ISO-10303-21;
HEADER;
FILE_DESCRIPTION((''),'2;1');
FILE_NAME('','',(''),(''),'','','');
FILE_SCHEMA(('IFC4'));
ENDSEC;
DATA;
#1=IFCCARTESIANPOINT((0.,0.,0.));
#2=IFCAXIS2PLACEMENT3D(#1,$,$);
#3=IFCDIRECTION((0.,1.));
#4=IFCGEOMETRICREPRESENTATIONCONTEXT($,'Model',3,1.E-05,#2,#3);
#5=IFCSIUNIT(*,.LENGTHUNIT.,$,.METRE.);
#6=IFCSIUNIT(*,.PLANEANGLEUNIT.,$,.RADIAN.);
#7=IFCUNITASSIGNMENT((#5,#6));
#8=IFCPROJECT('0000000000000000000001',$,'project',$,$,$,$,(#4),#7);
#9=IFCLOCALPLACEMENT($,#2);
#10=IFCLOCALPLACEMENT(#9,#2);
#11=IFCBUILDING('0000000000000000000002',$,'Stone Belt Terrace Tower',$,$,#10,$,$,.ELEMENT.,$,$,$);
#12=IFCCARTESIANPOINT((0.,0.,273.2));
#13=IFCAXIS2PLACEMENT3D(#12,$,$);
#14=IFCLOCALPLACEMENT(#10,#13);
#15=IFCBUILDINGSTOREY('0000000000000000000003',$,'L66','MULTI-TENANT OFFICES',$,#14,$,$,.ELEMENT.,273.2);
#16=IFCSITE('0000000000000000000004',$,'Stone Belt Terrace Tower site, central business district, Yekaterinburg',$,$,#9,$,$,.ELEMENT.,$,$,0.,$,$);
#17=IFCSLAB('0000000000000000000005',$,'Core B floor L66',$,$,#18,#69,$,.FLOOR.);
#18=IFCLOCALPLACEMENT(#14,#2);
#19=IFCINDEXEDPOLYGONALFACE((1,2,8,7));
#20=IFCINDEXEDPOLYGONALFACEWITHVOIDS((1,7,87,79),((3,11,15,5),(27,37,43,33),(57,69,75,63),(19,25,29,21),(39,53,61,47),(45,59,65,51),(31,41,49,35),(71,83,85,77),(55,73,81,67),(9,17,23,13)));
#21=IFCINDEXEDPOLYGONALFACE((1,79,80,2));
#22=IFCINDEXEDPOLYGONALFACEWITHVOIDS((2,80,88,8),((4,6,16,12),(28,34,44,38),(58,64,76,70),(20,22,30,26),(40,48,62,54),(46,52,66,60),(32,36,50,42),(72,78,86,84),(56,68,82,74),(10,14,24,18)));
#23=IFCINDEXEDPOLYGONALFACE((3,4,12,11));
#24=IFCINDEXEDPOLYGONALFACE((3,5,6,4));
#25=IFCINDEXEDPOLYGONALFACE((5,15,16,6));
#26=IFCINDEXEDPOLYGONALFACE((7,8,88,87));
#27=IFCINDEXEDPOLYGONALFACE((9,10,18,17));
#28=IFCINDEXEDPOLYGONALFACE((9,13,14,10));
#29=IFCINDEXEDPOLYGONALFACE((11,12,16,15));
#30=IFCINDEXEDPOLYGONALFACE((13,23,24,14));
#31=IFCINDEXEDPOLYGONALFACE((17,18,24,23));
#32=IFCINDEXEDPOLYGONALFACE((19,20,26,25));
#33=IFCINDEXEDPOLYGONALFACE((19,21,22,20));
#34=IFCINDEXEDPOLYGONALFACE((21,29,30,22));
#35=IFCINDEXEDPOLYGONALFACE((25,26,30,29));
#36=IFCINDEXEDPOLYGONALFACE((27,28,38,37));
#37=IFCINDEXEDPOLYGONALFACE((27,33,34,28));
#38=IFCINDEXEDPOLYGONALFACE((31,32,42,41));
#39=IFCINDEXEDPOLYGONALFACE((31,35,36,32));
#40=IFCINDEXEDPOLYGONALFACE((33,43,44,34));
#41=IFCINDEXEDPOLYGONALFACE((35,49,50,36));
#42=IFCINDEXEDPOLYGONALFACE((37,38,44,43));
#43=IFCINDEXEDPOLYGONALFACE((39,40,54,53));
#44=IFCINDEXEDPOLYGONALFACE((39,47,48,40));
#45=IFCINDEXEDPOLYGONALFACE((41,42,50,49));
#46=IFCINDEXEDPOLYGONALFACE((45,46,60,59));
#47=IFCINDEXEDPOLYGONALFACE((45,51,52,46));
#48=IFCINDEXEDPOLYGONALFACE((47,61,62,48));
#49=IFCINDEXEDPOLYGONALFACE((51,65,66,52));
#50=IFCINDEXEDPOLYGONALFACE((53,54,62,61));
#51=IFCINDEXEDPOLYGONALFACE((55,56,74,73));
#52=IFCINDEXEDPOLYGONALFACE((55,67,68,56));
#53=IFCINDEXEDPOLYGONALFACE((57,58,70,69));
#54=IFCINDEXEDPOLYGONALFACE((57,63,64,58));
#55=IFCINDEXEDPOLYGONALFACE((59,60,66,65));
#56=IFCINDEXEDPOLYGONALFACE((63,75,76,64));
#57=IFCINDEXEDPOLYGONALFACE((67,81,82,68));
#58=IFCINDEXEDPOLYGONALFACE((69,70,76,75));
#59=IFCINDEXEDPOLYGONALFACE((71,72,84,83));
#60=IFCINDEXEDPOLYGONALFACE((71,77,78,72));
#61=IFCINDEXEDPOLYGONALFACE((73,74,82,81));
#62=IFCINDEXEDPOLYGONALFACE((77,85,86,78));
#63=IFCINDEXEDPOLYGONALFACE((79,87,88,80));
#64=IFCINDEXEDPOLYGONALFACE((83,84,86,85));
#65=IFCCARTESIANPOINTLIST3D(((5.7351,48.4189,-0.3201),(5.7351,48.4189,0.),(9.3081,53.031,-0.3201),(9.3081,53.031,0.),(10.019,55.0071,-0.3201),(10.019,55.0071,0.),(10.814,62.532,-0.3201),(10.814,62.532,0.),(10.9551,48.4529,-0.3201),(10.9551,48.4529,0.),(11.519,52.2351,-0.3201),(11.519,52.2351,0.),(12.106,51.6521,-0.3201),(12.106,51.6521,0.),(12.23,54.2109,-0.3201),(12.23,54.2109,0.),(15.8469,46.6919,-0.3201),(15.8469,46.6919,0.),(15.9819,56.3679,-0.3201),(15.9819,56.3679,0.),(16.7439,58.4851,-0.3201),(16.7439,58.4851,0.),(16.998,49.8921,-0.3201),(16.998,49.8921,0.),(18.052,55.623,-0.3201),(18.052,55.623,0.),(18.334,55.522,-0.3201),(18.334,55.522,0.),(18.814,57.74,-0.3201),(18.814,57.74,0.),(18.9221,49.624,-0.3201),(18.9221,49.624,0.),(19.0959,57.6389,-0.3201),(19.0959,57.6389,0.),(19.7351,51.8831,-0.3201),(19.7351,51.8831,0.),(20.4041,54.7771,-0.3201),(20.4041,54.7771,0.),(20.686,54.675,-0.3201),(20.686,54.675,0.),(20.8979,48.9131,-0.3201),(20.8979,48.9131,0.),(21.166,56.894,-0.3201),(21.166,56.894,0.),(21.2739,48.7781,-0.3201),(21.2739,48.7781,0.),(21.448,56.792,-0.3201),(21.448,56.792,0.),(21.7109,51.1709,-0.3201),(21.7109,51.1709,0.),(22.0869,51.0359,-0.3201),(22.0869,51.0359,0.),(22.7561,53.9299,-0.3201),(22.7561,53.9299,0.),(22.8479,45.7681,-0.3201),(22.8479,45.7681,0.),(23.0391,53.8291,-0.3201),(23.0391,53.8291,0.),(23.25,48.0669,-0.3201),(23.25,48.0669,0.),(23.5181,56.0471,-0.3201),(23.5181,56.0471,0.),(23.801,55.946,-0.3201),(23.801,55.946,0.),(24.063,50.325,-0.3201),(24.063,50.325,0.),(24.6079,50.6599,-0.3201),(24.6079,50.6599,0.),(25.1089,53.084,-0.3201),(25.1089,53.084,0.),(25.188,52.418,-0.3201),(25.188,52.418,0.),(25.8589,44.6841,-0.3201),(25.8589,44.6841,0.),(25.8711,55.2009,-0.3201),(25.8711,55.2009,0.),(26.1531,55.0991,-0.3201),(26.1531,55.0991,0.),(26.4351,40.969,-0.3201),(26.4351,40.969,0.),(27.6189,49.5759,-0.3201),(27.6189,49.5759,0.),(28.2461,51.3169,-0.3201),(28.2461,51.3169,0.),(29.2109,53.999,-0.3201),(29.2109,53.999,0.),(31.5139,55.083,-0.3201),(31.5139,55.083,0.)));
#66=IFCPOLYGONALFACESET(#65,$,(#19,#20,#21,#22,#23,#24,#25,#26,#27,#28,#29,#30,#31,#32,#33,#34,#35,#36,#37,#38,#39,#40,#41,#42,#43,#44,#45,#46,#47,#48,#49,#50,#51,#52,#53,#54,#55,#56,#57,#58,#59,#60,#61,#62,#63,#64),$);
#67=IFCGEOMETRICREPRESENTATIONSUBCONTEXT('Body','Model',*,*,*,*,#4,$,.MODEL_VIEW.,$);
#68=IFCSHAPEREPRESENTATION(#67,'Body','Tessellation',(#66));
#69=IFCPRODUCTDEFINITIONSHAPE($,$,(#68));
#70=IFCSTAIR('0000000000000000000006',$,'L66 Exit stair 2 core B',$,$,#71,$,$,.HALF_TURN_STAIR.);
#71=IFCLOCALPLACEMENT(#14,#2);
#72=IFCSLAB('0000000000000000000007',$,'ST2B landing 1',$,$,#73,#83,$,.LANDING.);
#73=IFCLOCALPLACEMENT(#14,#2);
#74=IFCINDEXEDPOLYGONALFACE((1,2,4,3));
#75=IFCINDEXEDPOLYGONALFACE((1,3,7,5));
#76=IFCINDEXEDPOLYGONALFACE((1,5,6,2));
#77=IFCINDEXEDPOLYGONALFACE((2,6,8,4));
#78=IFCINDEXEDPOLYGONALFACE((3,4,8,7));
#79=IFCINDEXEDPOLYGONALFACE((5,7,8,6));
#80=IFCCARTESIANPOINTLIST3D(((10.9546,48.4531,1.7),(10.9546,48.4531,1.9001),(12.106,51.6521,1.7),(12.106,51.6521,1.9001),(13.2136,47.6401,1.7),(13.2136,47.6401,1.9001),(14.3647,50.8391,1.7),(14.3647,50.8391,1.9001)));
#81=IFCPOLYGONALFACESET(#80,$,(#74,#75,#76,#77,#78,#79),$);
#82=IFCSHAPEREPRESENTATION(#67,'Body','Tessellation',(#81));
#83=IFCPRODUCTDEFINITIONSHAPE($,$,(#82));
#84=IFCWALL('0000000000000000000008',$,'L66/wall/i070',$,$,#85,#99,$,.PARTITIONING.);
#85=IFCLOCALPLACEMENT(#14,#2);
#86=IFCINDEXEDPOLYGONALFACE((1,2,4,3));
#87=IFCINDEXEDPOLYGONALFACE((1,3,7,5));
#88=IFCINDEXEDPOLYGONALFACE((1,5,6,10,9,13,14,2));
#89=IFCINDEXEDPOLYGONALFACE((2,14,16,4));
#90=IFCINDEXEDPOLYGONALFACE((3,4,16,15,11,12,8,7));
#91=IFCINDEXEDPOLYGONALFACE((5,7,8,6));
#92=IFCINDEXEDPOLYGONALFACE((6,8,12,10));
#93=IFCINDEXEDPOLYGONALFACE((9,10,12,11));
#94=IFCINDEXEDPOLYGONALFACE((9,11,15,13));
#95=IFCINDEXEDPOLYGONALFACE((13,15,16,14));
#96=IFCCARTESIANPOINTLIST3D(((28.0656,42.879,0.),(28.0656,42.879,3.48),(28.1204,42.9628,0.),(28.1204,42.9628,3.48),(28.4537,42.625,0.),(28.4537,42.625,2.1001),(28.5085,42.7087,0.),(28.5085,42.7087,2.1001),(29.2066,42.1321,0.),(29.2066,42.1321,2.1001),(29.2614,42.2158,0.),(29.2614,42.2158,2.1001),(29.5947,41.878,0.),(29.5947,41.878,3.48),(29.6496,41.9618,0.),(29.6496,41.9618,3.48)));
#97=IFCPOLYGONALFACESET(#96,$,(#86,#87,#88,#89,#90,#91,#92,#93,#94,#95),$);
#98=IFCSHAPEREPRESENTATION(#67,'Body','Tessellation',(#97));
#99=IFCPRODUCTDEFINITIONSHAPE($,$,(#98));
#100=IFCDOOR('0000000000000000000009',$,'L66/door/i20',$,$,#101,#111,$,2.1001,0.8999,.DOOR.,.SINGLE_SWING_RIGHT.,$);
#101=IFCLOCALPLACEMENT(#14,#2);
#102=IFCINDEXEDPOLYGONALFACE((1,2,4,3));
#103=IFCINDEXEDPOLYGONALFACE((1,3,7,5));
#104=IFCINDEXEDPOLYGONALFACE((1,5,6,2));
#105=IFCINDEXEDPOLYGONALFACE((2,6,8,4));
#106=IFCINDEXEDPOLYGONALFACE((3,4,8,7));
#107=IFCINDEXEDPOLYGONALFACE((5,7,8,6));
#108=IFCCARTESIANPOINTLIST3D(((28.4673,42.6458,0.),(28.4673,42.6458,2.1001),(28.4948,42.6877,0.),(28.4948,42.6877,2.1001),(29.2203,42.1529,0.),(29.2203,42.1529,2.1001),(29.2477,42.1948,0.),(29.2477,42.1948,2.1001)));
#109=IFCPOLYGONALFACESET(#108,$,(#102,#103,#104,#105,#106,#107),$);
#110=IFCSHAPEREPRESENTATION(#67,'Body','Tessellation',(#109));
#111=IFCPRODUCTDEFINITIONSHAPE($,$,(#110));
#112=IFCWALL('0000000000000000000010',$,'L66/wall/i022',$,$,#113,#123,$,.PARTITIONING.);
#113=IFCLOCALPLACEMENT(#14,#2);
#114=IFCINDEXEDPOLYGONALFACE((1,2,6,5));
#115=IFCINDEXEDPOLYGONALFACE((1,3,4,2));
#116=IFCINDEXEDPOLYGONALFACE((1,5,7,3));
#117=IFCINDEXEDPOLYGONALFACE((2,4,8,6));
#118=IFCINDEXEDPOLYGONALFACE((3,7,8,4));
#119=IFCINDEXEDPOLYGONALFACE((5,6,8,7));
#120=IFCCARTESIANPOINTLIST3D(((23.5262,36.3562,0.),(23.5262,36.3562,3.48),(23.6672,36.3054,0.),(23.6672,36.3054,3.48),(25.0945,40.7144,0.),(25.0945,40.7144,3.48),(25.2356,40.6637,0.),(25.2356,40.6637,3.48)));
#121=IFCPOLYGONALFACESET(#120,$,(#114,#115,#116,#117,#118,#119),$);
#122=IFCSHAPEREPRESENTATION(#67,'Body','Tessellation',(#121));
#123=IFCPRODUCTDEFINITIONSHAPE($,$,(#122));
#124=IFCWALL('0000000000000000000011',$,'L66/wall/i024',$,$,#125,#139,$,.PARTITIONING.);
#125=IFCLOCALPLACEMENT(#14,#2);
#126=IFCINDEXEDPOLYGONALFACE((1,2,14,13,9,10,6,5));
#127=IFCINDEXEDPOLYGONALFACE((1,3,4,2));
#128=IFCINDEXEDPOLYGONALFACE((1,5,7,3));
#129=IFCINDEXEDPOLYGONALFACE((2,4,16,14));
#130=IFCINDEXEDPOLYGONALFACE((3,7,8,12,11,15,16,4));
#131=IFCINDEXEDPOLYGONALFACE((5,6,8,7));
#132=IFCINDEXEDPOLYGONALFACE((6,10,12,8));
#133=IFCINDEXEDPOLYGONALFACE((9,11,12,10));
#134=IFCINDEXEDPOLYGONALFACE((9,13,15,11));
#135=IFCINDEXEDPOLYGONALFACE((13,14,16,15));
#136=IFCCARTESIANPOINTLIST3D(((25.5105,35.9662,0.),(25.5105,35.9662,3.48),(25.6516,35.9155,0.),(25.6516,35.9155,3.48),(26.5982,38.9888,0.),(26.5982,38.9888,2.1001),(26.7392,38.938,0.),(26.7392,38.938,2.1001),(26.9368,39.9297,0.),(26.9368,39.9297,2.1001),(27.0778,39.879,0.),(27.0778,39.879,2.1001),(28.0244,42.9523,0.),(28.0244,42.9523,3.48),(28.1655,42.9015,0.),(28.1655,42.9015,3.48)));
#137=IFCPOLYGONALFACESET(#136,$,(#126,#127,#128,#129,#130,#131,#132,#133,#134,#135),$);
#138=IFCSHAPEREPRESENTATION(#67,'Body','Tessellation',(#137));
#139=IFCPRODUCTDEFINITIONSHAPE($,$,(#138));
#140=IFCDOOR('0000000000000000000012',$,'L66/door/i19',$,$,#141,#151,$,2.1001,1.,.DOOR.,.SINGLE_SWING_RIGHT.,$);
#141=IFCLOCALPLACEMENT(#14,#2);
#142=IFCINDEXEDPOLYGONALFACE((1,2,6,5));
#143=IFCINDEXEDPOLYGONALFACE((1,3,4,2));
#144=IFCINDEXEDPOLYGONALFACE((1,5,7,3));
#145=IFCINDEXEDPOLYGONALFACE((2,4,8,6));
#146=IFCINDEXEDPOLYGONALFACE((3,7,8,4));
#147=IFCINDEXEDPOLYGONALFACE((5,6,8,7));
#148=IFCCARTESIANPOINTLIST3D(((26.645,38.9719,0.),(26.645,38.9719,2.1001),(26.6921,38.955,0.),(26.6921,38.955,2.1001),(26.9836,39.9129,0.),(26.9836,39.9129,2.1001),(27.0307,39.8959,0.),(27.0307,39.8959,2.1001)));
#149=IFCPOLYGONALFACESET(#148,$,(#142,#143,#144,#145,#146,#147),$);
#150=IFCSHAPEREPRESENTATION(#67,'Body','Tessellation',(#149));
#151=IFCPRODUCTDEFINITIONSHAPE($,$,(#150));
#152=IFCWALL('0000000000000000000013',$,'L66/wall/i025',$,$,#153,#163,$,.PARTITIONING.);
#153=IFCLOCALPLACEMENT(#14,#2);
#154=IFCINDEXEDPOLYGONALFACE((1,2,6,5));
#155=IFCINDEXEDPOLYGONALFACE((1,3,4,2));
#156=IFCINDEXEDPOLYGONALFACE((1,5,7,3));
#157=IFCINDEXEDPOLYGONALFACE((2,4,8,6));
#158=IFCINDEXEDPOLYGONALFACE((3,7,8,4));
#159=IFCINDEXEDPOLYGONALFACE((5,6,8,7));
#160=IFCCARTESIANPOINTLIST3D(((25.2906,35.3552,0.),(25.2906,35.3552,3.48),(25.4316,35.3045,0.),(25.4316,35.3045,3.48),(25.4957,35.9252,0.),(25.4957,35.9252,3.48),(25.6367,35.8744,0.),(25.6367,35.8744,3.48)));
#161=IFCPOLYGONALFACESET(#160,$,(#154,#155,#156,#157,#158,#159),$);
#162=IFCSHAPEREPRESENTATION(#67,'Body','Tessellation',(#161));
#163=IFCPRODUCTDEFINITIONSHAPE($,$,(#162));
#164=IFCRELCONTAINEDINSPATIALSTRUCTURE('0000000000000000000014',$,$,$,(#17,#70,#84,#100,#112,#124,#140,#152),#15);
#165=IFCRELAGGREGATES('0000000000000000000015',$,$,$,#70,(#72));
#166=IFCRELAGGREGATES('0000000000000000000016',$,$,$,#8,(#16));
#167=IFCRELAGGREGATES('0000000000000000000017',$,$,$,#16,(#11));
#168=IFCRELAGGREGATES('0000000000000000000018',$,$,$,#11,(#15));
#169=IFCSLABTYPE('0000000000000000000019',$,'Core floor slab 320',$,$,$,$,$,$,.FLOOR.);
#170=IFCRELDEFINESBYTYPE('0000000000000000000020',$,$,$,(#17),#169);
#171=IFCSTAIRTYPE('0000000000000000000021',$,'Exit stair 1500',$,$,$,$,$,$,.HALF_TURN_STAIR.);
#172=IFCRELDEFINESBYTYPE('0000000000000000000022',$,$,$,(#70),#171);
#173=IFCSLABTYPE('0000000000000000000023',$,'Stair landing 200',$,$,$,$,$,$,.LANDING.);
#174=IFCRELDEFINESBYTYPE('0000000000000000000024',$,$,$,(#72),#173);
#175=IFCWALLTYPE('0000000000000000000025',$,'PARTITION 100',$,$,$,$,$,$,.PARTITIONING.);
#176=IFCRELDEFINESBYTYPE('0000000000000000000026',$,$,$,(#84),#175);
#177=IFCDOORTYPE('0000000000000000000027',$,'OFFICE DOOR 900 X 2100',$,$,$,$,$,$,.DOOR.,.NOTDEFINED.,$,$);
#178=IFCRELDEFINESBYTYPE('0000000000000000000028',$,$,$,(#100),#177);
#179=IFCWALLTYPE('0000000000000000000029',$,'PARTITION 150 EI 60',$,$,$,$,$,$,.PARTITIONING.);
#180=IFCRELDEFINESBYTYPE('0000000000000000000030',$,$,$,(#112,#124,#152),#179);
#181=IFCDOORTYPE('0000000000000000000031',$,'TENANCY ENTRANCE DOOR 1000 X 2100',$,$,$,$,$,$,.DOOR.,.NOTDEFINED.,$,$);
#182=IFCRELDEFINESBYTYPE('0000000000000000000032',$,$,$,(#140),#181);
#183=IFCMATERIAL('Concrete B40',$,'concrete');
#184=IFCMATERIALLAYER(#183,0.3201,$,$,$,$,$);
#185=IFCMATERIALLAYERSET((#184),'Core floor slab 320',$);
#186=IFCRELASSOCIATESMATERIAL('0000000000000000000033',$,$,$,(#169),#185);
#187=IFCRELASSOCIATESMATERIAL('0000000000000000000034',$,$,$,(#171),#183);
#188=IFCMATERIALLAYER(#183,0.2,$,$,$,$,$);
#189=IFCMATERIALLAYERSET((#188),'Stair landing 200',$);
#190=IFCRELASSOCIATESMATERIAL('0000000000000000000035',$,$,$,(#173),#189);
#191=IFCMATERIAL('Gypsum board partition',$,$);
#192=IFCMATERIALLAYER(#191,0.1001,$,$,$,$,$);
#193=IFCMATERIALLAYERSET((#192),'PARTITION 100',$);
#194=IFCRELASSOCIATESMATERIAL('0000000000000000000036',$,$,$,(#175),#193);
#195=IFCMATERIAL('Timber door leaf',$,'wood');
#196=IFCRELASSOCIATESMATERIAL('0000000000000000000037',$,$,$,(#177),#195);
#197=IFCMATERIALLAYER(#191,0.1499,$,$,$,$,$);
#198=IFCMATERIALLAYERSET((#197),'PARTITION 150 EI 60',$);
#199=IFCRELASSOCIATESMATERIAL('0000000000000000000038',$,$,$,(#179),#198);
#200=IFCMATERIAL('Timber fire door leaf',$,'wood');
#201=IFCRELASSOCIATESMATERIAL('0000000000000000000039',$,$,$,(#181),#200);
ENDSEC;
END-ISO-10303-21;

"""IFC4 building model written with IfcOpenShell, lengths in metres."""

from ifc_helpers import new_model, si_unit, direction, frame, frame_2d, origin, place, context, subcontext, project, spatial, polyline, rectangle, outline, extrude, material, layer, layer_set, type_object, element, fill, aggregate, save


model = new_model("IFC4")

# Units and contexts
model_context = context("Model", 3, precision=1e-05, world=origin(), true_north=direction((0.0, 1.0)))
body_context = subcontext(model_context, "Body", "Model", "MODEL_VIEW")
ifc_project = project(units=[si_unit("LENGTHUNIT", "METRE"), si_unit("PLANEANGLEUNIT", "RADIAN")], contexts=[model_context])

# Site, building, storey
site_placement = place(None, origin())
site = spatial("IfcSite", under=ifc_project, at=site_placement, Name="Stone Belt Terrace Tower site, central business district, Yekaterinburg", CompositionType="ELEMENT", RefElevation=0.0)
building_placement = place(site_placement, origin())
building = spatial("IfcBuilding", under=site, at=building_placement, Name="Stone Belt Terrace Tower", CompositionType="ELEMENT")
storey_placement = place(building_placement, frame((0.0, 0.0, 273.2)))
storey = spatial("IfcBuildingStorey", under=building, at=storey_placement, Name="L66", Description="MULTI-TENANT OFFICES", CompositionType="ELEMENT", Elevation=273.2)

# Slab
ifc_material_1 = material(Name="Concrete B40", Category="concrete")
ifc_layer_1 = layer(ifc_material_1, 0.3201)
ifc_layer_set_1 = layer_set([ifc_layer_1], Name="Core floor slab 320")
slab_type_1 = type_object("IfcSlabType", Name="Core floor slab 320", PredefinedType="FLOOR", material=ifc_layer_set_1)
slab_1_placement = place(storey_placement, frame((0.0, 0.0, -0.3201)))
element("IfcSlab", 1, at=slab_1_placement, inside=storey, type_object=slab_type_1, Name="Core B floor L66", PredefinedType="FLOOR", context=body_context, shape_type="SweptSolid", body=[
    extrude(outline(polyline([(26.4351, 40.969), (31.5139, 55.083), (10.814, 62.532), (5.7351, 48.4189), (26.4351, 40.969)]), holes=[polyline([(27.6189, 49.5759), (25.8589, 44.6841), (22.8479, 45.7681), (24.6079, 50.6599), (27.6189, 49.5759)]), polyline([(12.106, 51.6521), (16.998, 49.8921), (15.8469, 46.6919), (10.9551, 48.4529), (12.106, 51.6521)]), polyline([(23.25, 48.0669), (21.2739, 48.7781), (22.0869, 51.0359), (24.063, 50.325), (23.25, 48.0669)]), polyline([(18.9221, 49.624), (19.7351, 51.8831), (21.7109, 51.1709), (20.8979, 48.9131), (18.9221, 49.624)]), polyline([(29.2109, 53.999), (28.2461, 51.3169), (25.188, 52.418), (26.1531, 55.0991), (29.2109, 53.999)]), polyline([(11.519, 52.2351), (9.3081, 53.031), (10.019, 55.0071), (12.23, 54.2109), (11.519, 52.2351)]), polyline([(23.0391, 53.8291), (23.801, 55.946), (25.8711, 55.2009), (25.1089, 53.084), (23.0391, 53.8291)]), polyline([(20.686, 54.675), (21.448, 56.792), (23.5181, 56.0471), (22.7561, 53.9299), (20.686, 54.675)]), polyline([(19.0959, 57.6389), (21.166, 56.894), (20.4041, 54.7771), (18.334, 55.522), (19.0959, 57.6389)]), polyline([(16.7439, 58.4851), (18.814, 57.74), (18.052, 55.623), (15.9819, 56.3679), (16.7439, 58.4851)])]), origin(), (0.0, 0.0, 1.0), 0.3201),
])

# Stair, slab
stair_type = type_object("IfcStairType", Name="Exit stair 1500", PredefinedType="HALF_TURN_STAIR", material=ifc_material_1)
stair_placement = place(storey_placement, origin())
stair = element("IfcStair", 2, at=stair_placement, inside=storey, type_object=stair_type, Name="L66 Exit stair 2 core B", PredefinedType="HALF_TURN_STAIR")
ifc_layer_2 = layer(ifc_material_1, 0.2)
ifc_layer_set_2 = layer_set([ifc_layer_2], Name="Stair landing 200")
slab_type_2 = type_object("IfcSlabType", Name="Stair landing 200", PredefinedType="LANDING", material=ifc_layer_set_2)
slab_2_placement = place(storey_placement, frame((0.0, 0.0, 1.7)))
slab_2 = element("IfcSlab", 3, at=slab_2_placement, type_object=slab_type_2, Name="ST2B landing 1", PredefinedType="LANDING", context=body_context, shape_type="SweptSolid", body=[
    extrude(outline(polyline([(14.3647, 50.8391), (12.106, 51.6521), (10.9546, 48.4531), (13.2136, 47.6401), (14.3647, 50.8391)])), origin(), (0.0, 0.0, 1.0), 0.2002),
])
aggregate(stair, [slab_2])

# Wall, opening, door
ifc_material_2 = material(Name="Gypsum board partition")
ifc_layer_3 = layer(ifc_material_2, 0.1001)
ifc_layer_set_3 = layer_set([ifc_layer_3], Name="PARTITION 100")
wall_type_1 = type_object("IfcWallType", Name="PARTITION 100", PredefinedType="PARTITIONING", material=ifc_layer_set_3)
wall_1_placement = place(storey_placement, frame((28.093, 42.9209, 0.0), z_axis=(0.0, 0.0, 1.0), x_axis=(0.836666, -0.547714, 0.0)))
wall_1 = element("IfcWall", 4, at=wall_1_placement, inside=storey, type_object=wall_type_1, Name="L66/wall/i070", PredefinedType="PARTITIONING", context=body_context, shape_type="SweptSolid", body=[
    extrude(rectangle(XDim=1.8276, YDim=0.1001, at=frame_2d((0.9138, 0.0))), origin(), (0.0, 0.0, 1.0), 3.48),
])
opening_1_placement = place(wall_1_placement, frame((0.4639, 0.0, 0.0)))
opening_1 = element("IfcOpeningElement", 5, at=opening_1_placement, cuts=wall_1, PredefinedType="OPENING", context=body_context, shape_type="SweptSolid", body=[
    extrude(rectangle(XDim=0.8999, YDim=2.1001, at=frame_2d((0.45, 1.05))), frame((0.0, 0.0601, 0.0), z_axis=(0.0, -1.0, 0.0), x_axis=(1.0, 0.0, 0.0)), (0.0, 0.0, 1.0), 0.1201),
])
ifc_material_3 = material(Name="Timber door leaf", Category="wood")
door_type_1 = type_object("IfcDoorType", Name="OFFICE DOOR 900 X 2100", OperationType="NOTDEFINED", PredefinedType="DOOR", material=ifc_material_3)
door_1_placement = place(opening_1_placement, origin())
door_1 = element("IfcDoor", 6, at=door_1_placement, inside=storey, type_object=door_type_1, Name="L66/door/i20", OperationType="SINGLE_SWING_RIGHT", OverallHeight=2.1001, OverallWidth=0.8999, PredefinedType="DOOR", context=body_context, shape_type="SweptSolid", body=[
    extrude(rectangle(XDim=0.8999, YDim=2.1001, at=frame_2d((0.45, 1.05))), frame((0.0, 0.0249, 0.0), z_axis=(0.0, -1.0, 0.0), x_axis=(1.0, 0.0, 0.0)), (0.0, 0.0, 1.0), 0.05),
])
fill(opening_1, door_1)

# Wall
ifc_layer_4 = layer(ifc_material_2, 0.1499)
ifc_layer_set_4 = layer_set([ifc_layer_4], Name="PARTITION 150 EI 60")
wall_type_2 = type_object("IfcWallType", Name="PARTITION 150 EI 60", PredefinedType="PARTITIONING", material=ifc_layer_set_4)
wall_2_placement = place(storey_placement, frame((23.5967, 36.3308, 0.0), z_axis=(0.0, 0.0, 1.0), x_axis=(0.338609, 0.940927, 0.0)))
element("IfcWall", 7, at=wall_2_placement, inside=storey, type_object=wall_type_2, Name="L66/wall/i022", PredefinedType="PARTITIONING", context=body_context, shape_type="SweptSolid", body=[
    extrude(rectangle(XDim=4.6318, YDim=0.1499, at=frame_2d((2.3159, 0.0))), origin(), (0.0, 0.0, 1.0), 3.48),
])

# Wall, opening, door
wall_3_placement = place(storey_placement, frame((28.095, 42.927, 0.0), z_axis=(0.0, 0.0, 1.0), x_axis=(-0.338591, -0.940934, 0.0)))
wall_3 = element("IfcWall", 8, at=wall_3_placement, inside=storey, type_object=wall_type_2, Name="L66/wall/i024", PredefinedType="PARTITIONING", context=body_context, shape_type="SweptSolid", body=[
    extrude(rectangle(XDim=7.4246, YDim=0.1499, at=frame_2d((3.7124, 0.0))), origin(), (0.0, 0.0, 1.0), 3.48),
])
opening_2_placement = place(wall_3_placement, frame((3.2124, 0.0, 0.0)))
opening_2 = element("IfcOpeningElement", 9, at=opening_2_placement, cuts=wall_3, PredefinedType="OPENING", context=body_context, shape_type="SweptSolid", body=[
    extrude(rectangle(XDim=1.0, YDim=2.1001, at=frame_2d((0.5, 1.05))), frame((0.0, 0.085, 0.0), z_axis=(0.0, -1.0, 0.0), x_axis=(1.0, 0.0, 0.0)), (0.0, 0.0, 1.0), 0.1699),
])
ifc_material_4 = material(Name="Timber fire door leaf", Category="wood")
door_type_2 = type_object("IfcDoorType", Name="TENANCY ENTRANCE DOOR 1000 X 2100", OperationType="NOTDEFINED", PredefinedType="DOOR", material=ifc_material_4)
door_2_placement = place(opening_2_placement, origin())
door_2 = element("IfcDoor", 10, at=door_2_placement, inside=storey, type_object=door_type_2, Name="L66/door/i19", OperationType="SINGLE_SWING_RIGHT", OverallHeight=2.1001, OverallWidth=1.0, PredefinedType="DOOR", context=body_context, shape_type="SweptSolid", body=[
    extrude(rectangle(XDim=1.0, YDim=2.1001, at=frame_2d((0.5, 1.05))), frame((0.0, 0.0249, 0.0), z_axis=(0.0, -1.0, 0.0), x_axis=(1.0, 0.0, 0.0)), (0.0, 0.0, 1.0), 0.05),
])
fill(opening_2, door_2)

# Wall
wall_4_placement = place(storey_placement, frame((25.5662, 35.8997, 0.0), z_axis=(0.0, 0.0, 1.0), x_axis=(-0.338634, -0.940918, 0.0)))
element("IfcWall", 11, at=wall_4_placement, inside=storey, type_object=wall_type_2, Name="L66/wall/i025", PredefinedType="PARTITIONING", context=body_context, shape_type="SweptSolid", body=[
    extrude(rectangle(XDim=0.6057, YDim=0.1499, at=frame_2d((0.3027, 0.0))), origin(), (0.0, 0.0, 1.0), 3.48),
])

save(model, "model.ifc")
